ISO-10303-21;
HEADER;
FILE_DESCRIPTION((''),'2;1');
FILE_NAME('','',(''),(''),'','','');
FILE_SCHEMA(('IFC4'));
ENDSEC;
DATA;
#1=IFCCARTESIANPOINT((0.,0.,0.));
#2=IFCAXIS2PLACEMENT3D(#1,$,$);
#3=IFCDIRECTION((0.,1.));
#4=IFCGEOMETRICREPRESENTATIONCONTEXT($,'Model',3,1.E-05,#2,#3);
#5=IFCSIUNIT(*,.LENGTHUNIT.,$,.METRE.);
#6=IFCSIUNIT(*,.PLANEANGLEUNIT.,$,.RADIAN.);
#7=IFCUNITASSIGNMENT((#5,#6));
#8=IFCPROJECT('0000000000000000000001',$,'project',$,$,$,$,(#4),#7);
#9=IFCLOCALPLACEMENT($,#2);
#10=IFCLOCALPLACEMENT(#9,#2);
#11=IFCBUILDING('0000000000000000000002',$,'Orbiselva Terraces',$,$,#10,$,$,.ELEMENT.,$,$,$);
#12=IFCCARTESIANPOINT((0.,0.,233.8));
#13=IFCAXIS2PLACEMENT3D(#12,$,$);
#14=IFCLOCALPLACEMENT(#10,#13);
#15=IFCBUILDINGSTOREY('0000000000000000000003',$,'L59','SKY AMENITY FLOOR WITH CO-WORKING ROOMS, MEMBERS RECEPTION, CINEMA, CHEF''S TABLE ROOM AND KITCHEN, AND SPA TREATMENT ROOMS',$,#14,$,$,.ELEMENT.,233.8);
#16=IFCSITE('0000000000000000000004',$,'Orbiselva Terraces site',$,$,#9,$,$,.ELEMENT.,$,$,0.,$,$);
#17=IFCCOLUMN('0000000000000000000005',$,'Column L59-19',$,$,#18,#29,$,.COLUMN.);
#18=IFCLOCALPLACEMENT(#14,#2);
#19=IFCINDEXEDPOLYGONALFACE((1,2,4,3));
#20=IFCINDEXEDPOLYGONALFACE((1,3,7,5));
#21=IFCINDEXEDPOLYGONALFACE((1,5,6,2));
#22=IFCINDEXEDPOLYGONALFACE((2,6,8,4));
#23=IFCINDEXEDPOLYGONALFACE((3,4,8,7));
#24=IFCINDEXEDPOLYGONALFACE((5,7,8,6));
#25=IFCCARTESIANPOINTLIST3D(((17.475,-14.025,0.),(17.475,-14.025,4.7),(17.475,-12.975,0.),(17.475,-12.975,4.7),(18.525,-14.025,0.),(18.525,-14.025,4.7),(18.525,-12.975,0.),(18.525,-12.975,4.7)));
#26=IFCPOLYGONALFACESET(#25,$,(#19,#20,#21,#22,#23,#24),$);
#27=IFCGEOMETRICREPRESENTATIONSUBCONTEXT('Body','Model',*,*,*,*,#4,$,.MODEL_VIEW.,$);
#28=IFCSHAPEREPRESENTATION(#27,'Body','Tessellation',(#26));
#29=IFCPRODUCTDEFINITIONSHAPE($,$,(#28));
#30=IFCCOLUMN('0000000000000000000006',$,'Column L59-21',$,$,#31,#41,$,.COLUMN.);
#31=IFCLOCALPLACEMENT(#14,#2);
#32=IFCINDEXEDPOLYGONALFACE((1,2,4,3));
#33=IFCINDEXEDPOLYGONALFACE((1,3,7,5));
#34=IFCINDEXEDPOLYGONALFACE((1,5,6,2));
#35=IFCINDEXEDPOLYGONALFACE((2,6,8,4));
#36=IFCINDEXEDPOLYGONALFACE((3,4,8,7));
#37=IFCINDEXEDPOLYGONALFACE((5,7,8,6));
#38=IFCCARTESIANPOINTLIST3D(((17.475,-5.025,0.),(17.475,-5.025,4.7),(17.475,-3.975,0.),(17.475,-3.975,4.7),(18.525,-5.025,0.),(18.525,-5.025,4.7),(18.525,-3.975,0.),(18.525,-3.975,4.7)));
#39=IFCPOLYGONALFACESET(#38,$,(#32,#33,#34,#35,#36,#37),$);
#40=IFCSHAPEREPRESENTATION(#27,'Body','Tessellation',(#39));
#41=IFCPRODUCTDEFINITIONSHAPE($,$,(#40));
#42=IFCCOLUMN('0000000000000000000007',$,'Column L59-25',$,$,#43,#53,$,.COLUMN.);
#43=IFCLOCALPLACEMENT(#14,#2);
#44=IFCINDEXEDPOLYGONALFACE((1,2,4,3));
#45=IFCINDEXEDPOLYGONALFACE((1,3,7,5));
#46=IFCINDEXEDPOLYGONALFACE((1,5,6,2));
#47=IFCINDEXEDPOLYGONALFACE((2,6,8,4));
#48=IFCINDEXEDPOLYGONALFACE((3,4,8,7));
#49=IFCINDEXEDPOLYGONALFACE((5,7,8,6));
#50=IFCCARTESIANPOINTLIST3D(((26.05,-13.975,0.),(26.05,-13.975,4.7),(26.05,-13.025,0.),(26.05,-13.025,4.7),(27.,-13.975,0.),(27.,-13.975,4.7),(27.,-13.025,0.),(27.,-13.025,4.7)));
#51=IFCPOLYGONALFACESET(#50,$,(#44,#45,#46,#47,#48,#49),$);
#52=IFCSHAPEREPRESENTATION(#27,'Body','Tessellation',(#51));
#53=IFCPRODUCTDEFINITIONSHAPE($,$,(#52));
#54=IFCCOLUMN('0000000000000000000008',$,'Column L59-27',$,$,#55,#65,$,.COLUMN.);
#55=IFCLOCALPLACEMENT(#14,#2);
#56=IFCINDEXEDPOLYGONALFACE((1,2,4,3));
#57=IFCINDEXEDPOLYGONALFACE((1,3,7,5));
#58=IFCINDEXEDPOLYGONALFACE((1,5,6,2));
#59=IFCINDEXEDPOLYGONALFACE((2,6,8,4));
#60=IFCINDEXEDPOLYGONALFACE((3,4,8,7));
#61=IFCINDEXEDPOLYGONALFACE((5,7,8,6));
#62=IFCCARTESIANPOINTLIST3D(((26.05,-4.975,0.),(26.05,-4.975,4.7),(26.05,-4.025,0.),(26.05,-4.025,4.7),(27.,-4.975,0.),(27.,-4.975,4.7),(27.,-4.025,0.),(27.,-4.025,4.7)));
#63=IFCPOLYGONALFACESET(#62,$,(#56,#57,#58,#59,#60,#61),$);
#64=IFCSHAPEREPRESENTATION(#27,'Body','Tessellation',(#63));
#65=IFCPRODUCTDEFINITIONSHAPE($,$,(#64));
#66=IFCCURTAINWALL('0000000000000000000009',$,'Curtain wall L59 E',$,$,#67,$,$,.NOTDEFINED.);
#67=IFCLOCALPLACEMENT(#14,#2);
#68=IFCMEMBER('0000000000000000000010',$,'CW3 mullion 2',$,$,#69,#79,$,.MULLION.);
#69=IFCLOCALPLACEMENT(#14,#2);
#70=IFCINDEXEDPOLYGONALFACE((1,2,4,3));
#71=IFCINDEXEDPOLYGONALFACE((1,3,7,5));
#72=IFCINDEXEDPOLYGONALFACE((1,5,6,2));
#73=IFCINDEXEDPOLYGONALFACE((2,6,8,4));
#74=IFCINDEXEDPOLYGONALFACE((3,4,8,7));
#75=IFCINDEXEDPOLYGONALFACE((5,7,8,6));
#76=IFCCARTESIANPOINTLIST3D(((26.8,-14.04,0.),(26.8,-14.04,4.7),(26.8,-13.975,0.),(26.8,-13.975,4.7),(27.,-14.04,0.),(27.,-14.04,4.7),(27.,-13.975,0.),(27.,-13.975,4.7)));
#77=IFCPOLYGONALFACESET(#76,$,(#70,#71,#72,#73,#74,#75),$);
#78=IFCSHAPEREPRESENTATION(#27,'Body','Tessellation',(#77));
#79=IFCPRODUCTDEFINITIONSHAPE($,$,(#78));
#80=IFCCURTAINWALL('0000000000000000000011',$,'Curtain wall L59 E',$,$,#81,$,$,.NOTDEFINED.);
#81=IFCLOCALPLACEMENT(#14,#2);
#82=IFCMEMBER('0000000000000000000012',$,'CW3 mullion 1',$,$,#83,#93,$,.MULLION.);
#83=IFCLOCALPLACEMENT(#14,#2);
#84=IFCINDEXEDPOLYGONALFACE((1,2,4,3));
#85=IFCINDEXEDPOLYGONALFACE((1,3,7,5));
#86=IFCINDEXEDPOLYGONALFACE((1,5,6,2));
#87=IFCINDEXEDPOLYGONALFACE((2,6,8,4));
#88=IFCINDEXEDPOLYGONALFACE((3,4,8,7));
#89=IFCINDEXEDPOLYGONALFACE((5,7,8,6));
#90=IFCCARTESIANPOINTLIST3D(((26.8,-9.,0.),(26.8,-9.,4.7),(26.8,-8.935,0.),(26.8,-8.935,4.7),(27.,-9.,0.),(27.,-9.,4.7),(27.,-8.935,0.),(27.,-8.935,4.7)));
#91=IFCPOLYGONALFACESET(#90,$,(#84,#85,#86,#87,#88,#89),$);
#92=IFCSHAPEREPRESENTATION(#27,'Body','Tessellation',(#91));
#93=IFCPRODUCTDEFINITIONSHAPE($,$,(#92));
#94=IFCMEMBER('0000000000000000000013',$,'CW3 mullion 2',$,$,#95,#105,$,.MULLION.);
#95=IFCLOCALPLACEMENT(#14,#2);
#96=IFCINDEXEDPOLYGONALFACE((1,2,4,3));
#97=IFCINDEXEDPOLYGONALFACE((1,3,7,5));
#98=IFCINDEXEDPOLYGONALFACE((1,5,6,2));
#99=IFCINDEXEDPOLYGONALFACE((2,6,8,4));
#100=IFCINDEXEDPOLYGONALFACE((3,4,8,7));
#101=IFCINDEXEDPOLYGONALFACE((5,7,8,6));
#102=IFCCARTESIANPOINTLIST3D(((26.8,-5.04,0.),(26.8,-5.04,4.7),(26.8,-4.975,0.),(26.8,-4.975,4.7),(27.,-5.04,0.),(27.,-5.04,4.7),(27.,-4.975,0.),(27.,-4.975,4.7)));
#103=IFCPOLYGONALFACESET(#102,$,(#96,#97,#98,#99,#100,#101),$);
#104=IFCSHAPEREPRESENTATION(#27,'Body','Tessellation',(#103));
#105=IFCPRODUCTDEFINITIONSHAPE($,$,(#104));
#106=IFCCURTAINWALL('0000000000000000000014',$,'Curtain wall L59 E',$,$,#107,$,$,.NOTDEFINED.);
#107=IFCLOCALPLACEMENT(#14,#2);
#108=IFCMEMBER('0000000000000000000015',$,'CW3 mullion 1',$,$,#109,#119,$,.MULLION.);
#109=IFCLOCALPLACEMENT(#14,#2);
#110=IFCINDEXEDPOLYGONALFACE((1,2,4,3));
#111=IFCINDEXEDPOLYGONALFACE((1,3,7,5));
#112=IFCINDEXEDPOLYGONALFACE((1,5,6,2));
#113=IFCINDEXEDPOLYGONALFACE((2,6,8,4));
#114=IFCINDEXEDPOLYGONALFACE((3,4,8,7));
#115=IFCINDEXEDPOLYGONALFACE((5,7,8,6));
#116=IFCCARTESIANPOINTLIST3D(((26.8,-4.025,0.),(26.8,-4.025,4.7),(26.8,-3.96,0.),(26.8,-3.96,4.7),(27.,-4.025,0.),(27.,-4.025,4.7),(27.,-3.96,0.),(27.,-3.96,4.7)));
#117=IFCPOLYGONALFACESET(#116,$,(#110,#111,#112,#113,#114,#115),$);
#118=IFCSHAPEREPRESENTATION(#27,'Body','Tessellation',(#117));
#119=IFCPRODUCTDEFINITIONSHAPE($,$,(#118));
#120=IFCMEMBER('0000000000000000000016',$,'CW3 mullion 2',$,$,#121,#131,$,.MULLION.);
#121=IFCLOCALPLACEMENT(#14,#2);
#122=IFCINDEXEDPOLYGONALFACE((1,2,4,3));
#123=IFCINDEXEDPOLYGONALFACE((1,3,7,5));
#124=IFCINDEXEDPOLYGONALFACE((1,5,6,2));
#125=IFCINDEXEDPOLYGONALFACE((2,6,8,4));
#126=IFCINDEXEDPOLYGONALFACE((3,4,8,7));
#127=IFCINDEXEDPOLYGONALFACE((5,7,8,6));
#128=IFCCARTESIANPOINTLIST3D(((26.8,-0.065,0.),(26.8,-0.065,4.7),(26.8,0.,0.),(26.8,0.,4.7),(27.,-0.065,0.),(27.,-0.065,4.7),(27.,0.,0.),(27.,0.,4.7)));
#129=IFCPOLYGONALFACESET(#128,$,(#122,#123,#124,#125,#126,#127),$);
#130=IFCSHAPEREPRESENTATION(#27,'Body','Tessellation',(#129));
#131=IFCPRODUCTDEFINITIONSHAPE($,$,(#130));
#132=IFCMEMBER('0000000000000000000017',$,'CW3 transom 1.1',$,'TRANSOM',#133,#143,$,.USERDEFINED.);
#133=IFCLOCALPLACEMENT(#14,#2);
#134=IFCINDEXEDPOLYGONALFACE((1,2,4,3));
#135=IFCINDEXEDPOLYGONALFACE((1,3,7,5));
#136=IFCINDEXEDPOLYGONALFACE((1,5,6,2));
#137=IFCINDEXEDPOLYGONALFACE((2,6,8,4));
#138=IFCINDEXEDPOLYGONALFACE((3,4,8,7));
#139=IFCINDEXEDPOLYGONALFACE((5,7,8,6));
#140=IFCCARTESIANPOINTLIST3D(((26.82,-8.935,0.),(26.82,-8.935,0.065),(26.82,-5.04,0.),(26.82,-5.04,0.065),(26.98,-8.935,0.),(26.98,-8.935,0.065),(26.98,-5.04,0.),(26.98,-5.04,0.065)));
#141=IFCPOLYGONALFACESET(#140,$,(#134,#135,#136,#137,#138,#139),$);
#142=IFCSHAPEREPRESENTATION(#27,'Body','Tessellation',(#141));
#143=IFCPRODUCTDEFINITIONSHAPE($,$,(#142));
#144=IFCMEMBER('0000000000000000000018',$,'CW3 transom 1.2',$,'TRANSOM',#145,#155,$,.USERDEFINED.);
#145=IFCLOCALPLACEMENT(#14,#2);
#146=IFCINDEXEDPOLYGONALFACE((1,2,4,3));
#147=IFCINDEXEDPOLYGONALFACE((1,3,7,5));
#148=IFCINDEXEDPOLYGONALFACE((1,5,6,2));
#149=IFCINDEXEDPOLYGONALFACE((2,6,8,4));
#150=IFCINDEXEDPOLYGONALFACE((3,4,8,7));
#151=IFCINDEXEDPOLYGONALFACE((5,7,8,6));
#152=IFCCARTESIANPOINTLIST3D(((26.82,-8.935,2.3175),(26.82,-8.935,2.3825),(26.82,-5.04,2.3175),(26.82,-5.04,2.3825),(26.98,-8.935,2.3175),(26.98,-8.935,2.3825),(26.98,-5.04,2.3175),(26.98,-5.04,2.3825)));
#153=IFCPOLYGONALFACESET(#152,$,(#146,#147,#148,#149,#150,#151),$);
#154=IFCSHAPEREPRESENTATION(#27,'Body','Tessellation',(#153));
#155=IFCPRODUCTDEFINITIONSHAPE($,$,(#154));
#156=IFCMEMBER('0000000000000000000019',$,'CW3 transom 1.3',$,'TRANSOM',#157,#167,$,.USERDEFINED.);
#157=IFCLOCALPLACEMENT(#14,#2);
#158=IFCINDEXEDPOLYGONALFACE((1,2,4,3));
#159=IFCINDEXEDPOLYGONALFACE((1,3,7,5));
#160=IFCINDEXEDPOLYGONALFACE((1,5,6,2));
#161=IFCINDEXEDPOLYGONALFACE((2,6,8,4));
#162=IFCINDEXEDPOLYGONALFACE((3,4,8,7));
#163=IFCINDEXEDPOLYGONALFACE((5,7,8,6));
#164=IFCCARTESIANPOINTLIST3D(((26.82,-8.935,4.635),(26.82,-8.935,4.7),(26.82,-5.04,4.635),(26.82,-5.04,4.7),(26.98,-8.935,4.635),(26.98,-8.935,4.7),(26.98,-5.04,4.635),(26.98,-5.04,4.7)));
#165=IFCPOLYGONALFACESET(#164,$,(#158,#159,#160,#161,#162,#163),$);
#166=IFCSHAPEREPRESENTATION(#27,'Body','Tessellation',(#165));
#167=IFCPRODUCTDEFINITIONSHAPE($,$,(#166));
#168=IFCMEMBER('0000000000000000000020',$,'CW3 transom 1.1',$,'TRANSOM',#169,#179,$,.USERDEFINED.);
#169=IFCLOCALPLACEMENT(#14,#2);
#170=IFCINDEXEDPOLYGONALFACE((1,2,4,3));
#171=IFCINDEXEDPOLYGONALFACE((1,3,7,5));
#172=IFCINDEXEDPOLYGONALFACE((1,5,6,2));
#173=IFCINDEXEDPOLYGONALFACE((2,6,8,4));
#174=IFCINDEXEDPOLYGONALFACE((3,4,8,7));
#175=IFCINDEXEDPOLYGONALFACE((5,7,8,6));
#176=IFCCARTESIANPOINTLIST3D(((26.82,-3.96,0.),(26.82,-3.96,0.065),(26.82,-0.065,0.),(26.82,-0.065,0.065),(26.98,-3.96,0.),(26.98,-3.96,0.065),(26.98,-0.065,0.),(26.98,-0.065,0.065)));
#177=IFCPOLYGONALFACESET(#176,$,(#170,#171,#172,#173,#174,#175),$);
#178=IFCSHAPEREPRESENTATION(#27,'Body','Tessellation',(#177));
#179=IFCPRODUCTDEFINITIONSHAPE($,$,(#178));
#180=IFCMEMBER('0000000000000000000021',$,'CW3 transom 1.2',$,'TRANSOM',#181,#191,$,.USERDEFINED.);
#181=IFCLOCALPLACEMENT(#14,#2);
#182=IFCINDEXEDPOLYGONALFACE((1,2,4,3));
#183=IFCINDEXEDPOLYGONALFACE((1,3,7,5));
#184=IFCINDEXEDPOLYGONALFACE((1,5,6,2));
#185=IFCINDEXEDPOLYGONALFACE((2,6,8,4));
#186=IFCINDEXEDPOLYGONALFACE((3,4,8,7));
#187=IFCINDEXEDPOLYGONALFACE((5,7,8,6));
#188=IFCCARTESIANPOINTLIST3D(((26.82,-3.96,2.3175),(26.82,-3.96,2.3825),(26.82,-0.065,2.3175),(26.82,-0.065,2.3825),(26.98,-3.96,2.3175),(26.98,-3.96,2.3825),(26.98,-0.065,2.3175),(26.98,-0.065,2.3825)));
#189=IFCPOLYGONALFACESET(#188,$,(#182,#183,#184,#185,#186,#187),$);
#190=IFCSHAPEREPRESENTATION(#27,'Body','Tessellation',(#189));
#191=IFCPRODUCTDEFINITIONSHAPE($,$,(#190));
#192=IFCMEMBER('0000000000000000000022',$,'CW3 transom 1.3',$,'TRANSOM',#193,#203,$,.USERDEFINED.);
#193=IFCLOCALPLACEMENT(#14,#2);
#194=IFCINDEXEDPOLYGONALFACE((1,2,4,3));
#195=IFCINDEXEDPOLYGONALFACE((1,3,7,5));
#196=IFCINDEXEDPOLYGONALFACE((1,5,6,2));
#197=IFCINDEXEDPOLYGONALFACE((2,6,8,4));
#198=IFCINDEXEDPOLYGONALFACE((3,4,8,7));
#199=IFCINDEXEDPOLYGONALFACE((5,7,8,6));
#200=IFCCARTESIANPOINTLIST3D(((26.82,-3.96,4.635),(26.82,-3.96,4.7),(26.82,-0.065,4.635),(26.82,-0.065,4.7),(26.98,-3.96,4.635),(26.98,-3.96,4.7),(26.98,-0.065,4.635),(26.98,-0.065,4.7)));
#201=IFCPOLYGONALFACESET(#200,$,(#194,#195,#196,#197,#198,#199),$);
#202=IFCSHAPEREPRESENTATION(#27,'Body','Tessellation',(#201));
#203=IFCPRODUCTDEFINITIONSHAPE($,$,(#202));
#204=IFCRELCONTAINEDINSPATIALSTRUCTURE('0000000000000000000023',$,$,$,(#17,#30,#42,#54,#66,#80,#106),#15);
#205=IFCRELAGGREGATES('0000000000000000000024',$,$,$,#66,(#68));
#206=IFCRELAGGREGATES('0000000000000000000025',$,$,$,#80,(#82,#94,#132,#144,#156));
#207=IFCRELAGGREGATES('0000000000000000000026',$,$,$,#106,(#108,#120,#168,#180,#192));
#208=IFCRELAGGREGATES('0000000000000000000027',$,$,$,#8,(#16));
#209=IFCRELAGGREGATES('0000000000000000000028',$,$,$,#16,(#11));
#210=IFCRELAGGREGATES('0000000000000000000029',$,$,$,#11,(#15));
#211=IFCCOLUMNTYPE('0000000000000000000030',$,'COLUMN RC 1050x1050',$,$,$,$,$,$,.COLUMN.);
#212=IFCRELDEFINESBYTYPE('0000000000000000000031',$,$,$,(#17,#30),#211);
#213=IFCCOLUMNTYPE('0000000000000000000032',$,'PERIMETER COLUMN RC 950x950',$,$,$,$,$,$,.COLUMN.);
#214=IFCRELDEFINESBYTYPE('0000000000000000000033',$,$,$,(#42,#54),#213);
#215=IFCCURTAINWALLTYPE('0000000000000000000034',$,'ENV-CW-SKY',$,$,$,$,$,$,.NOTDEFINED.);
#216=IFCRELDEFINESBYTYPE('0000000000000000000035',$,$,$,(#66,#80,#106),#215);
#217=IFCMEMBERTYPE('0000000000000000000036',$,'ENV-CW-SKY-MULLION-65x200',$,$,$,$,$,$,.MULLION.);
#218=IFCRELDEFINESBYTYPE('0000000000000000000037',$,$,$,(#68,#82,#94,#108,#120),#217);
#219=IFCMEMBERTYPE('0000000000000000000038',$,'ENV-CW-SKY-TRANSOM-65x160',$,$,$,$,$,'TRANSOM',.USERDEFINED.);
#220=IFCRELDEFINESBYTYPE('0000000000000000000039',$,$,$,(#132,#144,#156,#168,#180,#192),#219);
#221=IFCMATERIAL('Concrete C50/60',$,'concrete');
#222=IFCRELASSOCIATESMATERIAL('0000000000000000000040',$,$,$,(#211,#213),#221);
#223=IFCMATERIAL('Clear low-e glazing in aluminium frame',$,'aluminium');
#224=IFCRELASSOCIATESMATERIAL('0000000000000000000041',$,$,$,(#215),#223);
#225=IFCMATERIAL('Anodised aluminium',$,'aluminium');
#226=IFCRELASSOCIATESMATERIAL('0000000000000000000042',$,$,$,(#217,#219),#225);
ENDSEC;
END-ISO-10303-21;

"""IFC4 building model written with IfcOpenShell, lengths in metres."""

from ifc_helpers import new_model, si_unit, direction, frame, origin, origin_2d, place, context, subcontext, project, spatial, rectangle, extrude, material, material_profile, profile_set, type_object, element, aggregate, save


model = new_model("IFC4")

# Units and contexts
model_context = context("Model", 3, precision=1e-05, world=origin(), true_north=direction((0.0, 1.0)))
body_context = subcontext(model_context, "Body", "Model", "MODEL_VIEW")
ifc_project = project(units=[si_unit("LENGTHUNIT", "METRE"), si_unit("PLANEANGLEUNIT", "RADIAN")], contexts=[model_context])

# Site, building, storey
site_placement = place(None, origin())
site = spatial("IfcSite", under=ifc_project, at=site_placement, Name="Orbiselva Terraces site", CompositionType="ELEMENT", RefElevation=0.0)
building_placement = place(site_placement, origin())
building = spatial("IfcBuilding", under=site, at=building_placement, Name="Orbiselva Terraces", CompositionType="ELEMENT")
storey_placement = place(building_placement, frame((0.0, 0.0, 233.8)))
storey = spatial("IfcBuildingStorey", under=building, at=storey_placement, Name="L59", Description="SKY AMENITY FLOOR WITH CO-WORKING ROOMS, MEMBERS RECEPTION, CINEMA, CHEF'S TABLE ROOM AND KITCHEN, AND SPA TREATMENT ROOMS", CompositionType="ELEMENT", Elevation=233.8)

# Columns
ifc_material_1 = material(Name="Concrete C50/60", Category="concrete")
ifc_material_profile_1 = material_profile(ifc_material_1, rectangle(XDim=1.05, YDim=1.05, at=origin_2d()), Name="RC 1050x1050")
ifc_profile_set_1 = profile_set([ifc_material_profile_1], Name="Concrete C50/60")
column_type_1 = type_object("IfcColumnType", Name="COLUMN RC 1050x1050", PredefinedType="COLUMN", material=ifc_profile_set_1)
for number, where, z_axis, x_axis, name in (
    (1, (18.0, -13.5, 0.0), (0.0, 0.0, 1.0), (1.0, 0.0, 0.0), "Column L59-19"),
    (2, (18.0, -4.5, 0.0), (0.0, 0.0, 1.0), (1.0, 0.0, 0.0), "Column L59-21"),
):
    element("IfcColumn", number, at=place(storey_placement, frame(where, z_axis=z_axis, x_axis=x_axis)), inside=storey, type_object=column_type_1, Name=name, PredefinedType="COLUMN", context=body_context, shape_type="SweptSolid", body=[
        extrude(rectangle(XDim=1.05, YDim=1.05, at=origin_2d()), origin(), (0.0, 0.0, 1.0), 4.7),
    ])
ifc_material_profile_2 = material_profile(ifc_material_1, rectangle(XDim=0.95, YDim=0.95, at=origin_2d()), Name="RC 950x950")
ifc_profile_set_2 = profile_set([ifc_material_profile_2], Name="Concrete C50/60")
column_type_2 = type_object("IfcColumnType", Name="PERIMETER COLUMN RC 950x950", PredefinedType="COLUMN", material=ifc_profile_set_2)
for number, where, z_axis, x_axis, name in (
    (3, (26.525, -13.5, 0.0), (0.0, 0.0, 1.0), (1.0, 0.0, 0.0), "Column L59-25"),
    (4, (26.525, -4.5, 0.0), (0.0, 0.0, 1.0), (1.0, 0.0, 0.0), "Column L59-27"),
):
    element("IfcColumn", number, at=place(storey_placement, frame(where, z_axis=z_axis, x_axis=x_axis)), inside=storey, type_object=column_type_2, Name=name, PredefinedType="COLUMN", context=body_context, shape_type="SweptSolid", body=[
        extrude(rectangle(XDim=0.95, YDim=0.95, at=origin_2d()), origin(), (0.0, 0.0, 1.0), 4.7),
    ])

# Curtain wall, member
ifc_material_2 = material(Name="Clear low-e glazing in aluminium frame", Category="aluminium")
curtain_wall_type = type_object("IfcCurtainWallType", Name="ENV-CW-SKY", PredefinedType="NOTDEFINED", material=ifc_material_2)
curtain_wall_1_placement = place(storey_placement, origin())
curtain_wall_1 = element("IfcCurtainWall", 5, at=curtain_wall_1_placement, inside=storey, type_object=curtain_wall_type, Name="Curtain wall L59 E", PredefinedType="NOTDEFINED")
ifc_material_3 = material(Name="Anodised aluminium", Category="aluminium")
ifc_material_profile_3 = material_profile(ifc_material_3, rectangle(XDim=0.2, YDim=0.065, at=origin_2d()), Name="AL 65x200")
ifc_profile_set_3 = profile_set([ifc_material_profile_3], Name="Anodised aluminium")
member_type_1 = type_object("IfcMemberType", Name="ENV-CW-SKY-MULLION-65x200", PredefinedType="MULLION", material=ifc_profile_set_3)
member_1_placement = place(storey_placement, frame((26.9, -14.0075, 0.0), z_axis=(0.0, 0.0, 1.0), x_axis=(-1.0, 0.0, 0.0)))
member_1 = element("IfcMember", 6, at=member_1_placement, type_object=member_type_1, Name="CW3 mullion 2", PredefinedType="MULLION", context=body_context, shape_type="SweptSolid", body=[
    extrude(rectangle(XDim=0.2, YDim=0.065, at=origin_2d()), origin(), (0.0, 0.0, 1.0), 4.7),
])

# Curtain walls, members
curtain_wall_2_placement = place(storey_placement, origin())
curtain_wall_2 = element("IfcCurtainWall", 7, at=curtain_wall_2_placement, inside=storey, type_object=curtain_wall_type, Name="Curtain wall L59 E", PredefinedType="NOTDEFINED")
member_2_placement = place(storey_placement, frame((26.9, -8.9675, 0.0), z_axis=(0.0, 0.0, 1.0), x_axis=(-1.0, 0.0, 0.0)))
member_2 = element("IfcMember", 8, at=member_2_placement, type_object=member_type_1, Name="CW3 mullion 1", PredefinedType="MULLION", context=body_context, shape_type="SweptSolid", body=[
    extrude(rectangle(XDim=0.2, YDim=0.065, at=origin_2d()), origin(), (0.0, 0.0, 1.0), 4.7),
])
member_3_placement = place(storey_placement, frame((26.9, -5.0075, 0.0), z_axis=(0.0, 0.0, 1.0), x_axis=(-1.0, 0.0, 0.0)))
member_3 = element("IfcMember", 9, at=member_3_placement, type_object=member_type_1, Name="CW3 mullion 2", PredefinedType="MULLION", context=body_context, shape_type="SweptSolid", body=[
    extrude(rectangle(XDim=0.2, YDim=0.065, at=origin_2d()), origin(), (0.0, 0.0, 1.0), 4.7),
])
curtain_wall_3_placement = place(storey_placement, origin())
curtain_wall_3 = element("IfcCurtainWall", 10, at=curtain_wall_3_placement, inside=storey, type_object=curtain_wall_type, Name="Curtain wall L59 E", PredefinedType="NOTDEFINED")
member_4_placement = place(storey_placement, frame((26.9, -3.9925, 0.0), z_axis=(0.0, 0.0, 1.0), x_axis=(-1.0, 0.0, 0.0)))
member_4 = element("IfcMember", 11, at=member_4_placement, type_object=member_type_1, Name="CW3 mullion 1", PredefinedType="MULLION", context=body_context, shape_type="SweptSolid", body=[
    extrude(rectangle(XDim=0.2, YDim=0.065, at=origin_2d()), origin(), (0.0, 0.0, 1.0), 4.7),
])
member_5_placement = place(storey_placement, frame((26.9, -0.0325, 0.0), z_axis=(0.0, 0.0, 1.0), x_axis=(-1.0, 0.0, 0.0)))
member_5 = element("IfcMember", 12, at=member_5_placement, type_object=member_type_1, Name="CW3 mullion 2", PredefinedType="MULLION", context=body_context, shape_type="SweptSolid", body=[
    extrude(rectangle(XDim=0.2, YDim=0.065, at=origin_2d()), origin(), (0.0, 0.0, 1.0), 4.7),
])

# Members
ifc_material_profile_4 = material_profile(ifc_material_3, rectangle(XDim=0.16, YDim=0.065, at=origin_2d()), Name="AL 65x160")
ifc_profile_set_4 = profile_set([ifc_material_profile_4], Name="Anodised aluminium")
member_type_2 = type_object("IfcMemberType", Name="ENV-CW-SKY-TRANSOM-65x160", ElementType="TRANSOM", PredefinedType="USERDEFINED", material=ifc_profile_set_4)
member_6_placement = place(storey_placement, frame((26.9, -8.935, 0.0325), z_axis=(0.0, 1.0, 0.0), x_axis=(-1.0, 0.0, 0.0)))
member_6 = element("IfcMember", 13, at=member_6_placement, type_object=member_type_2, Name="CW3 transom 1.1", ObjectType="TRANSOM", PredefinedType="USERDEFINED", context=body_context, shape_type="SweptSolid", body=[
    extrude(rectangle(XDim=0.16, YDim=0.065, at=origin_2d()), origin(), (0.0, 0.0, 1.0), 3.895),
])
member_7_placement = place(storey_placement, frame((26.9, -8.935, 2.35), z_axis=(0.0, 1.0, 0.0), x_axis=(-1.0, 0.0, 0.0)))
member_7 = element("IfcMember", 14, at=member_7_placement, type_object=member_type_2, Name="CW3 transom 1.2", ObjectType="TRANSOM", PredefinedType="USERDEFINED", context=body_context, shape_type="SweptSolid", body=[
    extrude(rectangle(XDim=0.16, YDim=0.065, at=origin_2d()), origin(), (0.0, 0.0, 1.0), 3.895),
])
member_8_placement = place(storey_placement, frame((26.9, -8.935, 4.6675), z_axis=(0.0, 1.0, 0.0), x_axis=(-1.0, 0.0, 0.0)))
member_8 = element("IfcMember", 15, at=member_8_placement, type_object=member_type_2, Name="CW3 transom 1.3", ObjectType="TRANSOM", PredefinedType="USERDEFINED", context=body_context, shape_type="SweptSolid", body=[
    extrude(rectangle(XDim=0.16, YDim=0.065, at=origin_2d()), origin(), (0.0, 0.0, 1.0), 3.895),
])
member_9_placement = place(storey_placement, frame((26.9, -3.96, 0.0325), z_axis=(0.0, 1.0, 0.0), x_axis=(-1.0, 0.0, 0.0)))
member_9 = element("IfcMember", 16, at=member_9_placement, type_object=member_type_2, Name="CW3 transom 1.1", ObjectType="TRANSOM", PredefinedType="USERDEFINED", context=body_context, shape_type="SweptSolid", body=[
    extrude(rectangle(XDim=0.16, YDim=0.065, at=origin_2d()), origin(), (0.0, 0.0, 1.0), 3.895),
])
member_10_placement = place(storey_placement, frame((26.9, -3.96, 2.35), z_axis=(0.0, 1.0, 0.0), x_axis=(-1.0, 0.0, 0.0)))
member_10 = element("IfcMember", 17, at=member_10_placement, type_object=member_type_2, Name="CW3 transom 1.2", ObjectType="TRANSOM", PredefinedType="USERDEFINED", context=body_context, shape_type="SweptSolid", body=[
    extrude(rectangle(XDim=0.16, YDim=0.065, at=origin_2d()), origin(), (0.0, 0.0, 1.0), 3.895),
])
member_11_placement = place(storey_placement, frame((26.9, -3.96, 4.6675), z_axis=(0.0, 1.0, 0.0), x_axis=(-1.0, 0.0, 0.0)))
member_11 = element("IfcMember", 18, at=member_11_placement, type_object=member_type_2, Name="CW3 transom 1.3", ObjectType="TRANSOM", PredefinedType="USERDEFINED", context=body_context, shape_type="SweptSolid", body=[
    extrude(rectangle(XDim=0.16, YDim=0.065, at=origin_2d()), origin(), (0.0, 0.0, 1.0), 3.895),
])

aggregate(curtain_wall_1, [member_1])
aggregate(curtain_wall_2, [member_2, member_3, member_6, member_7, member_8])
aggregate(curtain_wall_3, [member_4, member_5, member_9, member_10, member_11])

save(model, "model.ifc")
